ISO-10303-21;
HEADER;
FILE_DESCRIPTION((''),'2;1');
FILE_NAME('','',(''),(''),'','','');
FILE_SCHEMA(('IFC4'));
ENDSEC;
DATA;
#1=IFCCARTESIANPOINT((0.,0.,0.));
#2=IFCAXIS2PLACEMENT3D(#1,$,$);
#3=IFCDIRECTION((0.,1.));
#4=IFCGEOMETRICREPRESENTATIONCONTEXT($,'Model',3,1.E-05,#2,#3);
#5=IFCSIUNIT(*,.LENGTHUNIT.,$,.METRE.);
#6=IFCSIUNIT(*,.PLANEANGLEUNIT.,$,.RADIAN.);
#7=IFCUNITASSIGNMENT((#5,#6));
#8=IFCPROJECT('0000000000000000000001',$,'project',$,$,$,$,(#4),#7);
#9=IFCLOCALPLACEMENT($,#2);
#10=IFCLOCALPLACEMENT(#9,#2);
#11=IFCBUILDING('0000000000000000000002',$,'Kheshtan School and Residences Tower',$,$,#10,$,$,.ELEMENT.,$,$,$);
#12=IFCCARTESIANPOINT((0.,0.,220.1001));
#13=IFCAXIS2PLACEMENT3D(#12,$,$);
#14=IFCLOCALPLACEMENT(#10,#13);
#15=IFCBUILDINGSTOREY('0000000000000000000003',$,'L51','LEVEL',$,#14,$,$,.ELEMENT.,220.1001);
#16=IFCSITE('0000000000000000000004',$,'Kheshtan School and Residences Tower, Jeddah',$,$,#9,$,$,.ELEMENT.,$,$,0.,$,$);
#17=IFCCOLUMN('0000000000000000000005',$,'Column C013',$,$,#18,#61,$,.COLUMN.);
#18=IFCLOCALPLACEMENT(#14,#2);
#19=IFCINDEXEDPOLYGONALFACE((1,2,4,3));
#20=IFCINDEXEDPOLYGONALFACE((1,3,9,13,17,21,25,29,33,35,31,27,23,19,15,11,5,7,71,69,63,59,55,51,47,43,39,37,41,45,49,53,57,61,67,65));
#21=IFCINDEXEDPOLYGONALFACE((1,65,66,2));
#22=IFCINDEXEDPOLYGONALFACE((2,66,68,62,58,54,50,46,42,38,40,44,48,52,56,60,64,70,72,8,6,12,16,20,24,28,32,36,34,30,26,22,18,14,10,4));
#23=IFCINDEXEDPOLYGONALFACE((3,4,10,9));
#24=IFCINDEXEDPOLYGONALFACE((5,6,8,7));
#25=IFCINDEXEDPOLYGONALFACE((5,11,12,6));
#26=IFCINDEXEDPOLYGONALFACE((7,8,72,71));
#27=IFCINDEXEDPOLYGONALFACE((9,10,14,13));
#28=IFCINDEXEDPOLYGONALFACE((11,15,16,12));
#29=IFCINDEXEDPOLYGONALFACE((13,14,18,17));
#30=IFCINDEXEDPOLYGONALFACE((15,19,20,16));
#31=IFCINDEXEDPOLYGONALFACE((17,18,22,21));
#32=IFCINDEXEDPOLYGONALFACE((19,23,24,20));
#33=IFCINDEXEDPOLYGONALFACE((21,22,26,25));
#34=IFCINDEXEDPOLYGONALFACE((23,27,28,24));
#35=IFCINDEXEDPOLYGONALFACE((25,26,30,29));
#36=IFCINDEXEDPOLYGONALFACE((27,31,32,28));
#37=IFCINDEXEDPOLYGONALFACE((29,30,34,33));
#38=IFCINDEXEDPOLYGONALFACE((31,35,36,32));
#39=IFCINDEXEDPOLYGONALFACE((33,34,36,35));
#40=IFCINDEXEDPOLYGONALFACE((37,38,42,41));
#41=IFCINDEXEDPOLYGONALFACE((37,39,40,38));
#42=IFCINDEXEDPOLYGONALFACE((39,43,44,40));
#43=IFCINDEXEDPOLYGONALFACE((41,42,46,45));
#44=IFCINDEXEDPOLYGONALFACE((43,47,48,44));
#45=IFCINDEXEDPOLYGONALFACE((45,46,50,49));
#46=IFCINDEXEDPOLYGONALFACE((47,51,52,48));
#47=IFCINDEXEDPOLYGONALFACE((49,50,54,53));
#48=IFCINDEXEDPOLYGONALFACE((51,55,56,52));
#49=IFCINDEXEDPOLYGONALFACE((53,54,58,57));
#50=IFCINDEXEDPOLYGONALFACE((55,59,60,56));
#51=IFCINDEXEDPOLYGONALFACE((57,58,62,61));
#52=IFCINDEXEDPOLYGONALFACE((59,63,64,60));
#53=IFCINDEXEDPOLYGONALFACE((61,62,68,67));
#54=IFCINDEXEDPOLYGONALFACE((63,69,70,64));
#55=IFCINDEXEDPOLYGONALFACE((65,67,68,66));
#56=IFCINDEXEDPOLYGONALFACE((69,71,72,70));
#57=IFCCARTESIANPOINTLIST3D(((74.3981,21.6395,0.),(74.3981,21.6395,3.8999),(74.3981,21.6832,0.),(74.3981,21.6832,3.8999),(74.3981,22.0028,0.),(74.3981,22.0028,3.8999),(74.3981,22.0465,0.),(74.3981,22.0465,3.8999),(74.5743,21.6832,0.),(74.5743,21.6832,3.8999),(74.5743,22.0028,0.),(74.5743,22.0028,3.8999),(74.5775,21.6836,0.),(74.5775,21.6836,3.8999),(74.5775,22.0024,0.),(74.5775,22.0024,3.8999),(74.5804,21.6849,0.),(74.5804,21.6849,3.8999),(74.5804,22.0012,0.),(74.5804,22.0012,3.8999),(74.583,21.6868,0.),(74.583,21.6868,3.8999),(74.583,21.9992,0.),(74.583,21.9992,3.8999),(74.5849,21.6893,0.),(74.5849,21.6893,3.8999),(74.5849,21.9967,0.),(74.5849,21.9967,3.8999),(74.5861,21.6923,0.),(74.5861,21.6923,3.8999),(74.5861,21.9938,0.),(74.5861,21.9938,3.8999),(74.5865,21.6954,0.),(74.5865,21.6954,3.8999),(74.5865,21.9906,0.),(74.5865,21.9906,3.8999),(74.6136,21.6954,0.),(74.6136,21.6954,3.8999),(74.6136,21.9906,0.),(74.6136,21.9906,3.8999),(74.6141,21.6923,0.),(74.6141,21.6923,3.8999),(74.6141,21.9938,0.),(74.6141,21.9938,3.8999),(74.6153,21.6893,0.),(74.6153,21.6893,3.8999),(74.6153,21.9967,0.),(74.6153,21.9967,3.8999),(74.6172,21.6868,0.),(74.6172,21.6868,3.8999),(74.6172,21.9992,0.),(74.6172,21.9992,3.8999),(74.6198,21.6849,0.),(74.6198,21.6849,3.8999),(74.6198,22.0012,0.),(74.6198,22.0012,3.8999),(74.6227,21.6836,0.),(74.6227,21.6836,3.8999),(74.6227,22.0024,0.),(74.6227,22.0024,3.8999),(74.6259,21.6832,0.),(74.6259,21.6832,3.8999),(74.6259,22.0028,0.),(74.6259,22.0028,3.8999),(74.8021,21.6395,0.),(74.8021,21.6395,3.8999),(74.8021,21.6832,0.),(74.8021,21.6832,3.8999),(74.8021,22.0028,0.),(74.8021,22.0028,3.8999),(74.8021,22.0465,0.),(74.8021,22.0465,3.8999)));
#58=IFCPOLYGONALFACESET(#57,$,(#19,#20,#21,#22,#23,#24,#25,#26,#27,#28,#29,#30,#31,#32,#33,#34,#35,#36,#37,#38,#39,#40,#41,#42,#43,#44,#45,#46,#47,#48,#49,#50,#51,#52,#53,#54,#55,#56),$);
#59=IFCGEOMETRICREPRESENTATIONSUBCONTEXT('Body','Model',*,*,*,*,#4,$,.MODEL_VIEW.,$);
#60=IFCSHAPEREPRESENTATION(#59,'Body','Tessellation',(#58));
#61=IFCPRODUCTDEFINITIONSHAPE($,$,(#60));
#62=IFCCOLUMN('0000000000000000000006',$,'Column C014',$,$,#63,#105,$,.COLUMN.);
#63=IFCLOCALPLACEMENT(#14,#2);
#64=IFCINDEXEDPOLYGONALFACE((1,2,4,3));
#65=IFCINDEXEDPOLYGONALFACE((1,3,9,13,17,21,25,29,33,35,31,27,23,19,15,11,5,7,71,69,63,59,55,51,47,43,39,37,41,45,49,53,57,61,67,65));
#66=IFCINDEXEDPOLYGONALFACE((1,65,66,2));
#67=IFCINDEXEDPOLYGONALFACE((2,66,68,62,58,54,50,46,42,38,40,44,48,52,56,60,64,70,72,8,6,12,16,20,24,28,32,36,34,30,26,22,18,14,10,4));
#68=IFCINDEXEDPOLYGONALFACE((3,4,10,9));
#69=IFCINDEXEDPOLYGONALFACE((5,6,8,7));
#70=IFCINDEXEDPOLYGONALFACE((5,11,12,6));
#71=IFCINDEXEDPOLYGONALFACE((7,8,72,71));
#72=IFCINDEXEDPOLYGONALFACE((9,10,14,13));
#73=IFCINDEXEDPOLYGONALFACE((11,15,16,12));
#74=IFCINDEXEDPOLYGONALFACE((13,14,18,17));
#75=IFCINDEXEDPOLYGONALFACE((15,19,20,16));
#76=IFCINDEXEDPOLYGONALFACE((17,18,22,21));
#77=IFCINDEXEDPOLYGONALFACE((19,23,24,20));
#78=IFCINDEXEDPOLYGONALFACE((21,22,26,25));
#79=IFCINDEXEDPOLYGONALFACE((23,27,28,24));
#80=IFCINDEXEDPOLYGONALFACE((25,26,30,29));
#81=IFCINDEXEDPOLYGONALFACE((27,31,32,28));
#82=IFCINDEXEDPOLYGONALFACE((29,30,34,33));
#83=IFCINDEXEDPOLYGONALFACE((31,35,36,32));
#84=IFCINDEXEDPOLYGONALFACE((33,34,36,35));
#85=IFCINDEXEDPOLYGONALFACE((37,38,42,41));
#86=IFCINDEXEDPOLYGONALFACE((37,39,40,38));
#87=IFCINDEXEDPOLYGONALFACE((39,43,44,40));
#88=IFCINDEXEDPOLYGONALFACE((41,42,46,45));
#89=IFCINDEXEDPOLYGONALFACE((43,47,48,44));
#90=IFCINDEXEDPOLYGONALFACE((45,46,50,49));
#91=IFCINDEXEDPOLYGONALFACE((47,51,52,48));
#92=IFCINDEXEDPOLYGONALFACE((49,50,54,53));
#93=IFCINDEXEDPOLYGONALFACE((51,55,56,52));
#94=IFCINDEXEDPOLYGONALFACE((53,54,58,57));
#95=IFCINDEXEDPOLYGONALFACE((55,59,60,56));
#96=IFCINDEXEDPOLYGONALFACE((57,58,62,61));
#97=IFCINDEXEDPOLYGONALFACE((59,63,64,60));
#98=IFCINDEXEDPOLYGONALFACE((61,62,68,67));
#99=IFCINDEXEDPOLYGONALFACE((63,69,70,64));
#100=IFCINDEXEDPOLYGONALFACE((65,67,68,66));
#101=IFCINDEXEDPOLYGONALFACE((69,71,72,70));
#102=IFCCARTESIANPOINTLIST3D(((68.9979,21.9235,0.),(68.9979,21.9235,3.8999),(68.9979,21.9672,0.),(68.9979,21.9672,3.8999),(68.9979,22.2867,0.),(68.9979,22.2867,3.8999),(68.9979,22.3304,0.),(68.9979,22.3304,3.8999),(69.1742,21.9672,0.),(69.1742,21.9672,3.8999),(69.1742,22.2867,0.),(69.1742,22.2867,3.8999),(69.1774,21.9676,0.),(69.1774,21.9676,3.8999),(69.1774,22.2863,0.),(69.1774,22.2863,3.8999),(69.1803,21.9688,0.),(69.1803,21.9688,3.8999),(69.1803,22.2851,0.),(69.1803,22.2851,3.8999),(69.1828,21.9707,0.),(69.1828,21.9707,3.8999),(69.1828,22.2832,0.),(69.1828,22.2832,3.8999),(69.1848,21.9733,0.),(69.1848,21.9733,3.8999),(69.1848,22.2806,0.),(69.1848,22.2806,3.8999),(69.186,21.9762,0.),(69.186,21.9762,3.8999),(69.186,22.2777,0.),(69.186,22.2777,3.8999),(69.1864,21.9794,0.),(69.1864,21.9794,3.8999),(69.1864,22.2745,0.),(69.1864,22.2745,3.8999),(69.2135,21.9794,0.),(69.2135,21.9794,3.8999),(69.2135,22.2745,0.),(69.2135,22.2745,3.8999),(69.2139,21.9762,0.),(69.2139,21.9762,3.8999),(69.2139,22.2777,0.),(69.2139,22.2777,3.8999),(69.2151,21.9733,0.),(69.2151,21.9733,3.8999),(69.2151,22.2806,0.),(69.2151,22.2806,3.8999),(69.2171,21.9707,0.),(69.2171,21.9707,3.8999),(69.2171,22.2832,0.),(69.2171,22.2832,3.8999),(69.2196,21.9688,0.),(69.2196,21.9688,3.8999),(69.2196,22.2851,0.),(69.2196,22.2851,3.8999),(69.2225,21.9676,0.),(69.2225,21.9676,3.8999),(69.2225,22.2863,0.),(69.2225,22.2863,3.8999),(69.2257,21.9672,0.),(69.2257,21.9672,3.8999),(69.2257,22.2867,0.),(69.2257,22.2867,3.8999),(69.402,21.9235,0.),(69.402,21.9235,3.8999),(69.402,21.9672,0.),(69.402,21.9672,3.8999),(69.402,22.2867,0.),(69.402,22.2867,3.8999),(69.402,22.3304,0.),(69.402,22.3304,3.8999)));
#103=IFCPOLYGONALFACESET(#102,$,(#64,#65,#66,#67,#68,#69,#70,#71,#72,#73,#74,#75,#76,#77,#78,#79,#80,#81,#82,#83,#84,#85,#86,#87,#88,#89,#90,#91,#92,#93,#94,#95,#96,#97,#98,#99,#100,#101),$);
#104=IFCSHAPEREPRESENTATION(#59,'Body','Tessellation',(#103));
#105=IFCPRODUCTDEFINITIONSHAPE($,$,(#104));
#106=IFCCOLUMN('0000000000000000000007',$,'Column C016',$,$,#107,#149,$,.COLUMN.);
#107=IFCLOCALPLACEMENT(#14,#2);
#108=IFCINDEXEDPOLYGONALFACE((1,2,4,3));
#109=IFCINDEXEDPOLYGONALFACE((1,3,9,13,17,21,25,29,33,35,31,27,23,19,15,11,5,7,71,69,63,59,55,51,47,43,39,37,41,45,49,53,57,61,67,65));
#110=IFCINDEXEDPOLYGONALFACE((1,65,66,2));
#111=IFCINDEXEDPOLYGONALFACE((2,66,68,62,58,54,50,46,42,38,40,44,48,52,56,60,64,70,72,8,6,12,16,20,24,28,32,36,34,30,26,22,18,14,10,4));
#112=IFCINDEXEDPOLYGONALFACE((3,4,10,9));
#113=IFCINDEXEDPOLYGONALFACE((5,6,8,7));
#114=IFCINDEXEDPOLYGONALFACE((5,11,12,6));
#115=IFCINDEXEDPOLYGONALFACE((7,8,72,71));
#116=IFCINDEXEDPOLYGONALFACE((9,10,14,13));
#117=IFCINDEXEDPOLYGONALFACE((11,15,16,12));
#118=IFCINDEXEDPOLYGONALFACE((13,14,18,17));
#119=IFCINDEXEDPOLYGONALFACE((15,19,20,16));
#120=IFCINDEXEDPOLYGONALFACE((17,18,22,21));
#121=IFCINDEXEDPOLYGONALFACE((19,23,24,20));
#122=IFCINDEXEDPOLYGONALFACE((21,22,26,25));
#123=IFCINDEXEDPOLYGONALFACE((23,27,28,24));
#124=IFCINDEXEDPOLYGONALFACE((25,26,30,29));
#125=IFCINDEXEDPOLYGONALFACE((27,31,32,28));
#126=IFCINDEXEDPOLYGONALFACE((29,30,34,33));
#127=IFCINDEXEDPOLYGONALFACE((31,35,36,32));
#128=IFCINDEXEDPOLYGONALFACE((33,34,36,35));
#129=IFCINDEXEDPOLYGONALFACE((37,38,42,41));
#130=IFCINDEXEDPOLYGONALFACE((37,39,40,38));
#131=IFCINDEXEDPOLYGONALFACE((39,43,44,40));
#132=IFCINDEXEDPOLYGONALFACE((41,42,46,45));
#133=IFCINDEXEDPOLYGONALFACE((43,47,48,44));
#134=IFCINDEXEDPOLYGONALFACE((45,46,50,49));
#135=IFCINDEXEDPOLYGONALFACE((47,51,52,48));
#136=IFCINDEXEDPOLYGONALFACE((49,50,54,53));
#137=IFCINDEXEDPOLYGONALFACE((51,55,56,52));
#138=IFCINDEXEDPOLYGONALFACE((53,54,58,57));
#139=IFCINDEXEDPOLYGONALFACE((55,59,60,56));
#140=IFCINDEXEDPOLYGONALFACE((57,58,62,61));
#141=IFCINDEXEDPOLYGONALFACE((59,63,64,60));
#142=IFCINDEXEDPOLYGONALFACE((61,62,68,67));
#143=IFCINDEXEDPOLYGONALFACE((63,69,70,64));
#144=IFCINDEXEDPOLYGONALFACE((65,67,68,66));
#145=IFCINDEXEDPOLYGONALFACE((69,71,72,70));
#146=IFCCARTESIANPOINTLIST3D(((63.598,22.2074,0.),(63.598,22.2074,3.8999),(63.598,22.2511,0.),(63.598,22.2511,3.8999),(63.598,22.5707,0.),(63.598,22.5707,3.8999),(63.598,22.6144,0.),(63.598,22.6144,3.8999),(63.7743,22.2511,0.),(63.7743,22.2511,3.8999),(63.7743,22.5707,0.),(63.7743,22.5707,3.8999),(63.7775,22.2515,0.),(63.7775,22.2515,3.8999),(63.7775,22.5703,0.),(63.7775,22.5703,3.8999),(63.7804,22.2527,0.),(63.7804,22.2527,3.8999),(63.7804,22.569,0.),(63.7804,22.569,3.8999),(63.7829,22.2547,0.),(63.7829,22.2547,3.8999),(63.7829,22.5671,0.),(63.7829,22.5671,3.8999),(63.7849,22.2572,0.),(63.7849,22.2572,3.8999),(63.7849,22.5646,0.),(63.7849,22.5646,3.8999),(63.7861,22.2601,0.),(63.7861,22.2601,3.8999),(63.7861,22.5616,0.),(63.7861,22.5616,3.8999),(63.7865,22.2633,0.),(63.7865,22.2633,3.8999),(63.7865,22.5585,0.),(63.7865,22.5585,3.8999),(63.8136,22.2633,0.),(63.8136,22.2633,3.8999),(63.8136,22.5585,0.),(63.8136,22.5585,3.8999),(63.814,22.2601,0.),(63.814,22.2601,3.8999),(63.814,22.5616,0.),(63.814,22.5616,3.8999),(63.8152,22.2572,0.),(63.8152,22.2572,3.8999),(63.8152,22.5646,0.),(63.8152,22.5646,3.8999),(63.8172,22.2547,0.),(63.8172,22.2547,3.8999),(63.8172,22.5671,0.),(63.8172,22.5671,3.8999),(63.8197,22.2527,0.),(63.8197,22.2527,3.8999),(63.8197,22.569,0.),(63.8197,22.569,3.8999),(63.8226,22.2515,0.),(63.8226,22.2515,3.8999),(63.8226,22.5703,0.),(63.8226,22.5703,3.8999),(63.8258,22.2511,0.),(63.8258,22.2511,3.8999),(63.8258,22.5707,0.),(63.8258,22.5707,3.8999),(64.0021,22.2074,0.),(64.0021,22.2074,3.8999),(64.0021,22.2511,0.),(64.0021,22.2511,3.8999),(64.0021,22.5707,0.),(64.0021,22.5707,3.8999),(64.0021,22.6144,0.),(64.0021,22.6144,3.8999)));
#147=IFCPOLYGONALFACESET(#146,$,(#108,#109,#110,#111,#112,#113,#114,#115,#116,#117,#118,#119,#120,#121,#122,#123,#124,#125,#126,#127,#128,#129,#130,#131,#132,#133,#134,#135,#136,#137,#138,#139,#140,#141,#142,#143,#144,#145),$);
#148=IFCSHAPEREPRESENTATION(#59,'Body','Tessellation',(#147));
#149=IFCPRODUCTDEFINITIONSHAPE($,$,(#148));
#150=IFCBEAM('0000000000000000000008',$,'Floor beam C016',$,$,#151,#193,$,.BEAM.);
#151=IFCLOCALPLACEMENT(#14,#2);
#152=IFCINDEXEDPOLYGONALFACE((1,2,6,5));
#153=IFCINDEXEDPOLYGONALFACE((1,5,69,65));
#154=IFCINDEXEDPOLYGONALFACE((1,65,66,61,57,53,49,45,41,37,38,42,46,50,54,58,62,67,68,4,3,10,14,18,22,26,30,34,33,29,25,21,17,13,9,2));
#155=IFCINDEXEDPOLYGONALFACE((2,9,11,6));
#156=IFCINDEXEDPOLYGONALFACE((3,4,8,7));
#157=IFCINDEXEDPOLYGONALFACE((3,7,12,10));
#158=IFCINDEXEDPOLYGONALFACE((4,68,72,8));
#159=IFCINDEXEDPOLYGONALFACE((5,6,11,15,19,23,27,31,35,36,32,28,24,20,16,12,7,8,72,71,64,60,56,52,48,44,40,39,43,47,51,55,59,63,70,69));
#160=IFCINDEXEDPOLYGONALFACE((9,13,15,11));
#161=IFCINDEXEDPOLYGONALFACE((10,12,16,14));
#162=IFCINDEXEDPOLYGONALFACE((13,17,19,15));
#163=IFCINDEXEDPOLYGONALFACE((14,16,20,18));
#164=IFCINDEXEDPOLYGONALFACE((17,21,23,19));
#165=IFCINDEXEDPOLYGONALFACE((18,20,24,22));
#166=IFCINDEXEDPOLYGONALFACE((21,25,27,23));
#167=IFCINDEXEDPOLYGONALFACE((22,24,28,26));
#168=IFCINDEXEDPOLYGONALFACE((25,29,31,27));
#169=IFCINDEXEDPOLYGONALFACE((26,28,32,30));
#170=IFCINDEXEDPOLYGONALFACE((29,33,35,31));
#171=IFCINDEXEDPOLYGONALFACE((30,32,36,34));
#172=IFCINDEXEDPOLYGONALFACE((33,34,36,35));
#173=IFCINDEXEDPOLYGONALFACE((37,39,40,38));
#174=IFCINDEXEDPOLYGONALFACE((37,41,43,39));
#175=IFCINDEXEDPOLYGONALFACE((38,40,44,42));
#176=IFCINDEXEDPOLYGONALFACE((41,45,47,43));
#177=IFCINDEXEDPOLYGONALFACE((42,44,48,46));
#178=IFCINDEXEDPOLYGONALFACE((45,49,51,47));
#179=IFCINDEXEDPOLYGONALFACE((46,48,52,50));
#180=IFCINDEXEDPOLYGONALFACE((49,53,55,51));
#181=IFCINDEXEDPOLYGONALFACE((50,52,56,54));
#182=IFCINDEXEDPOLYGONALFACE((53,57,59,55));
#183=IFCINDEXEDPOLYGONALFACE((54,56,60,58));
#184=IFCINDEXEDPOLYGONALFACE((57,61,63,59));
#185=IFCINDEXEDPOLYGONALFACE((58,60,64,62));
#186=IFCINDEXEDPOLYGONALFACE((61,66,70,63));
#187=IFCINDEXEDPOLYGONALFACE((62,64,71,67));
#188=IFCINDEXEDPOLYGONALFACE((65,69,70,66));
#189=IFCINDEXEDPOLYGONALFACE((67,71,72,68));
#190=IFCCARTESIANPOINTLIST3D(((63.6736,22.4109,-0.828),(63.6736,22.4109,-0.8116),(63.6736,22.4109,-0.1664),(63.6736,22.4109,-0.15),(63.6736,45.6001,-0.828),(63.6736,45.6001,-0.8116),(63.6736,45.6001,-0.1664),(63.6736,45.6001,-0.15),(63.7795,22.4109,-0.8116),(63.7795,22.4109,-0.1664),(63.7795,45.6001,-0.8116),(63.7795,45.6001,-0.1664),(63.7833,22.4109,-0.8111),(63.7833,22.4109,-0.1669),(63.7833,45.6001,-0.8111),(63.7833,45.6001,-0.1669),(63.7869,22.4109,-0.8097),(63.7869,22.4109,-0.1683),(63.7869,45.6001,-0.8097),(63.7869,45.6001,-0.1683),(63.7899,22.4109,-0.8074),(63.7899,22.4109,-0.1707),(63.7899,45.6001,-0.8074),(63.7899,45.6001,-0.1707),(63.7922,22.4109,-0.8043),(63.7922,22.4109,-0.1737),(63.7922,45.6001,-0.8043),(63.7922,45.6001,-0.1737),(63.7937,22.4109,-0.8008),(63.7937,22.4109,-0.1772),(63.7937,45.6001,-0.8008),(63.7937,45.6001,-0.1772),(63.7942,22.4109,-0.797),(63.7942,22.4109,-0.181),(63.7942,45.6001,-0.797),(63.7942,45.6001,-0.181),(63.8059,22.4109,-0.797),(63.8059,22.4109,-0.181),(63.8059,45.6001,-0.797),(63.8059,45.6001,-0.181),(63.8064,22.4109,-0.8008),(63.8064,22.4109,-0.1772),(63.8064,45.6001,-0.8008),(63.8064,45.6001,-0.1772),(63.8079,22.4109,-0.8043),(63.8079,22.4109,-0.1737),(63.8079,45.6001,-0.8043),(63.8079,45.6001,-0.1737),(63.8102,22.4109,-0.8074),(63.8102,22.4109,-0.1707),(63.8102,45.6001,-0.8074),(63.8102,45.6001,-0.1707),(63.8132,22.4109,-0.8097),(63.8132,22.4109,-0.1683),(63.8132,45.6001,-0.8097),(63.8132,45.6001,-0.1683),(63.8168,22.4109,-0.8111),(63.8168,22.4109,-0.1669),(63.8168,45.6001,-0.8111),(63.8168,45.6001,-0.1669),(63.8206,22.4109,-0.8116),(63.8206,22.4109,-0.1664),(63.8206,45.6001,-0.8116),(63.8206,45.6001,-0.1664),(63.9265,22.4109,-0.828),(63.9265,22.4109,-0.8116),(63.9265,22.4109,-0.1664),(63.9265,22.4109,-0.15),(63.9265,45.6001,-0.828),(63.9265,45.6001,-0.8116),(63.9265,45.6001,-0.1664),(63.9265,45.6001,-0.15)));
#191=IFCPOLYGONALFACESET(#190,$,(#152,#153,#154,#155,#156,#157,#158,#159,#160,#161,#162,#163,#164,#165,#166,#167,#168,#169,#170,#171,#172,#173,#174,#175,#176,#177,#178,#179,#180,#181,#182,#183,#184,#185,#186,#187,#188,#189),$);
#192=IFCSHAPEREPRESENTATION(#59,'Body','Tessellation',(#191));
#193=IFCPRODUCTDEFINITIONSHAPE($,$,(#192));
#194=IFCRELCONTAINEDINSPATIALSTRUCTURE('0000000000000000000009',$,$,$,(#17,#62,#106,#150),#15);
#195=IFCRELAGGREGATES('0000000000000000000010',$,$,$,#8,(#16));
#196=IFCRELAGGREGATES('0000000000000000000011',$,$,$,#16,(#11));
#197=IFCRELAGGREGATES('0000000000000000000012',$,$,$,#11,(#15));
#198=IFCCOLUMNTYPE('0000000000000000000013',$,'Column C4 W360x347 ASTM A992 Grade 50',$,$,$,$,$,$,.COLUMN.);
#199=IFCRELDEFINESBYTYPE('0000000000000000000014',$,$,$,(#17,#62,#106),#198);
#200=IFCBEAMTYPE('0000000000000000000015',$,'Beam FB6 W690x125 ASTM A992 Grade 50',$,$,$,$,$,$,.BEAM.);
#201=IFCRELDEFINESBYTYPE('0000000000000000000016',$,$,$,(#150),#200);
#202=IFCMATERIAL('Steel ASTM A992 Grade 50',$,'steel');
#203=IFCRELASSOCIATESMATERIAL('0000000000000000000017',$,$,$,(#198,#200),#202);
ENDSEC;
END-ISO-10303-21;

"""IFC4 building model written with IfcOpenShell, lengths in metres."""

from ifc_helpers import new_model, si_unit, direction, frame, origin, origin_2d, place, context, subcontext, project, spatial, i_section, extrude, material, material_profile, profile_set, type_object, element, save


model = new_model("IFC4")

# Units and contexts
model_context = context("Model", 3, precision=1e-05, world=origin(), true_north=direction((0.0, 1.0)))
body_context = subcontext(model_context, "Body", "Model", "MODEL_VIEW")
ifc_project = project(units=[si_unit("LENGTHUNIT", "METRE"), si_unit("PLANEANGLEUNIT", "RADIAN")], contexts=[model_context])

# Site, building, storey
site_placement = place(None, origin())
site = spatial("IfcSite", under=ifc_project, at=site_placement, Name="Kheshtan School and Residences Tower, Jeddah", CompositionType="ELEMENT", RefElevation=0.0)
building_placement = place(site_placement, origin())
building = spatial("IfcBuilding", under=site, at=building_placement, Name="Kheshtan School and Residences Tower", CompositionType="ELEMENT")
storey_placement = place(building_placement, frame((0.0, 0.0, 220.1001)))
storey = spatial("IfcBuildingStorey", under=building, at=storey_placement, Name="L51", Description="LEVEL", CompositionType="ELEMENT", Elevation=220.1001)

# Columns
ifc_material_1 = material(Name="Steel ASTM A992 Grade 50", Category="steel")
ifc_material_profile_1 = material_profile(ifc_material_1, i_section(OverallWidth=0.4041, OverallDepth=0.407, WebThickness=0.0271, FlangeThickness=0.0437, FilletRadius=0.0122, at=origin_2d()), Name="W360x347")
ifc_profile_set_1 = profile_set([ifc_material_profile_1], Name="Steel ASTM A992 Grade 50")
column_type = type_object("IfcColumnType", Name="Column C4 W360x347 ASTM A992 Grade 50", PredefinedType="COLUMN", material=ifc_profile_set_1)
for number, where, z_axis, x_axis, name in (
    (1, (74.6001, 21.843, 0.0), (0.0, 0.0, 1.0), (1.0, 0.0, 0.0), "Column C013"),
    (2, (69.2, 22.127, 0.0), (0.0, 0.0, 1.0), (1.0, 0.0, 0.0), "Column C014"),
    (3, (63.8, 22.4109, 0.0), (0.0, 0.0, 1.0), (1.0, 0.0, 0.0), "Column C016"),
):
    element("IfcColumn", number, at=place(storey_placement, frame(where, z_axis=z_axis, x_axis=x_axis)), inside=storey, type_object=column_type, Name=name, PredefinedType="COLUMN", context=body_context, shape_type="SweptSolid", body=[
        extrude(i_section(OverallWidth=0.4041, OverallDepth=0.407, WebThickness=0.0271, FlangeThickness=0.0437, FilletRadius=0.0122, at=origin_2d()), origin(), (0.0, 0.0, 1.0), 3.8999),
    ])

# Beam
ifc_material_profile_2 = material_profile(ifc_material_1, i_section(OverallWidth=0.2529, OverallDepth=0.678, WebThickness=0.0117, FlangeThickness=0.0164, FilletRadius=0.0146, at=origin_2d()), Name="W690x125")
ifc_profile_set_2 = profile_set([ifc_material_profile_2], Name="Steel ASTM A992 Grade 50")
beam_type_1 = type_object("IfcBeamType", Name="Beam FB6 W690x125 ASTM A992 Grade 50", PredefinedType="BEAM", material=ifc_profile_set_2)
beam_1_placement = place(storey_placement, frame((63.8, 22.4109, -0.489), z_axis=(0.0, 1.0, 0.0), x_axis=(-1.0, 0.0, 0.0)))
element("IfcBeam", 4, at=beam_1_placement, inside=storey, type_object=beam_type_1, Name="Floor beam C016", PredefinedType="BEAM", context=body_context, shape_type="SweptSolid", body=[
    extrude(i_section(OverallWidth=0.2529, OverallDepth=0.678, WebThickness=0.0117, FlangeThickness=0.0164, FilletRadius=0.0146, at=origin_2d()), origin(), (0.0, 0.0, 1.0), 23.1892),
])

save(model, "model.ifc")
